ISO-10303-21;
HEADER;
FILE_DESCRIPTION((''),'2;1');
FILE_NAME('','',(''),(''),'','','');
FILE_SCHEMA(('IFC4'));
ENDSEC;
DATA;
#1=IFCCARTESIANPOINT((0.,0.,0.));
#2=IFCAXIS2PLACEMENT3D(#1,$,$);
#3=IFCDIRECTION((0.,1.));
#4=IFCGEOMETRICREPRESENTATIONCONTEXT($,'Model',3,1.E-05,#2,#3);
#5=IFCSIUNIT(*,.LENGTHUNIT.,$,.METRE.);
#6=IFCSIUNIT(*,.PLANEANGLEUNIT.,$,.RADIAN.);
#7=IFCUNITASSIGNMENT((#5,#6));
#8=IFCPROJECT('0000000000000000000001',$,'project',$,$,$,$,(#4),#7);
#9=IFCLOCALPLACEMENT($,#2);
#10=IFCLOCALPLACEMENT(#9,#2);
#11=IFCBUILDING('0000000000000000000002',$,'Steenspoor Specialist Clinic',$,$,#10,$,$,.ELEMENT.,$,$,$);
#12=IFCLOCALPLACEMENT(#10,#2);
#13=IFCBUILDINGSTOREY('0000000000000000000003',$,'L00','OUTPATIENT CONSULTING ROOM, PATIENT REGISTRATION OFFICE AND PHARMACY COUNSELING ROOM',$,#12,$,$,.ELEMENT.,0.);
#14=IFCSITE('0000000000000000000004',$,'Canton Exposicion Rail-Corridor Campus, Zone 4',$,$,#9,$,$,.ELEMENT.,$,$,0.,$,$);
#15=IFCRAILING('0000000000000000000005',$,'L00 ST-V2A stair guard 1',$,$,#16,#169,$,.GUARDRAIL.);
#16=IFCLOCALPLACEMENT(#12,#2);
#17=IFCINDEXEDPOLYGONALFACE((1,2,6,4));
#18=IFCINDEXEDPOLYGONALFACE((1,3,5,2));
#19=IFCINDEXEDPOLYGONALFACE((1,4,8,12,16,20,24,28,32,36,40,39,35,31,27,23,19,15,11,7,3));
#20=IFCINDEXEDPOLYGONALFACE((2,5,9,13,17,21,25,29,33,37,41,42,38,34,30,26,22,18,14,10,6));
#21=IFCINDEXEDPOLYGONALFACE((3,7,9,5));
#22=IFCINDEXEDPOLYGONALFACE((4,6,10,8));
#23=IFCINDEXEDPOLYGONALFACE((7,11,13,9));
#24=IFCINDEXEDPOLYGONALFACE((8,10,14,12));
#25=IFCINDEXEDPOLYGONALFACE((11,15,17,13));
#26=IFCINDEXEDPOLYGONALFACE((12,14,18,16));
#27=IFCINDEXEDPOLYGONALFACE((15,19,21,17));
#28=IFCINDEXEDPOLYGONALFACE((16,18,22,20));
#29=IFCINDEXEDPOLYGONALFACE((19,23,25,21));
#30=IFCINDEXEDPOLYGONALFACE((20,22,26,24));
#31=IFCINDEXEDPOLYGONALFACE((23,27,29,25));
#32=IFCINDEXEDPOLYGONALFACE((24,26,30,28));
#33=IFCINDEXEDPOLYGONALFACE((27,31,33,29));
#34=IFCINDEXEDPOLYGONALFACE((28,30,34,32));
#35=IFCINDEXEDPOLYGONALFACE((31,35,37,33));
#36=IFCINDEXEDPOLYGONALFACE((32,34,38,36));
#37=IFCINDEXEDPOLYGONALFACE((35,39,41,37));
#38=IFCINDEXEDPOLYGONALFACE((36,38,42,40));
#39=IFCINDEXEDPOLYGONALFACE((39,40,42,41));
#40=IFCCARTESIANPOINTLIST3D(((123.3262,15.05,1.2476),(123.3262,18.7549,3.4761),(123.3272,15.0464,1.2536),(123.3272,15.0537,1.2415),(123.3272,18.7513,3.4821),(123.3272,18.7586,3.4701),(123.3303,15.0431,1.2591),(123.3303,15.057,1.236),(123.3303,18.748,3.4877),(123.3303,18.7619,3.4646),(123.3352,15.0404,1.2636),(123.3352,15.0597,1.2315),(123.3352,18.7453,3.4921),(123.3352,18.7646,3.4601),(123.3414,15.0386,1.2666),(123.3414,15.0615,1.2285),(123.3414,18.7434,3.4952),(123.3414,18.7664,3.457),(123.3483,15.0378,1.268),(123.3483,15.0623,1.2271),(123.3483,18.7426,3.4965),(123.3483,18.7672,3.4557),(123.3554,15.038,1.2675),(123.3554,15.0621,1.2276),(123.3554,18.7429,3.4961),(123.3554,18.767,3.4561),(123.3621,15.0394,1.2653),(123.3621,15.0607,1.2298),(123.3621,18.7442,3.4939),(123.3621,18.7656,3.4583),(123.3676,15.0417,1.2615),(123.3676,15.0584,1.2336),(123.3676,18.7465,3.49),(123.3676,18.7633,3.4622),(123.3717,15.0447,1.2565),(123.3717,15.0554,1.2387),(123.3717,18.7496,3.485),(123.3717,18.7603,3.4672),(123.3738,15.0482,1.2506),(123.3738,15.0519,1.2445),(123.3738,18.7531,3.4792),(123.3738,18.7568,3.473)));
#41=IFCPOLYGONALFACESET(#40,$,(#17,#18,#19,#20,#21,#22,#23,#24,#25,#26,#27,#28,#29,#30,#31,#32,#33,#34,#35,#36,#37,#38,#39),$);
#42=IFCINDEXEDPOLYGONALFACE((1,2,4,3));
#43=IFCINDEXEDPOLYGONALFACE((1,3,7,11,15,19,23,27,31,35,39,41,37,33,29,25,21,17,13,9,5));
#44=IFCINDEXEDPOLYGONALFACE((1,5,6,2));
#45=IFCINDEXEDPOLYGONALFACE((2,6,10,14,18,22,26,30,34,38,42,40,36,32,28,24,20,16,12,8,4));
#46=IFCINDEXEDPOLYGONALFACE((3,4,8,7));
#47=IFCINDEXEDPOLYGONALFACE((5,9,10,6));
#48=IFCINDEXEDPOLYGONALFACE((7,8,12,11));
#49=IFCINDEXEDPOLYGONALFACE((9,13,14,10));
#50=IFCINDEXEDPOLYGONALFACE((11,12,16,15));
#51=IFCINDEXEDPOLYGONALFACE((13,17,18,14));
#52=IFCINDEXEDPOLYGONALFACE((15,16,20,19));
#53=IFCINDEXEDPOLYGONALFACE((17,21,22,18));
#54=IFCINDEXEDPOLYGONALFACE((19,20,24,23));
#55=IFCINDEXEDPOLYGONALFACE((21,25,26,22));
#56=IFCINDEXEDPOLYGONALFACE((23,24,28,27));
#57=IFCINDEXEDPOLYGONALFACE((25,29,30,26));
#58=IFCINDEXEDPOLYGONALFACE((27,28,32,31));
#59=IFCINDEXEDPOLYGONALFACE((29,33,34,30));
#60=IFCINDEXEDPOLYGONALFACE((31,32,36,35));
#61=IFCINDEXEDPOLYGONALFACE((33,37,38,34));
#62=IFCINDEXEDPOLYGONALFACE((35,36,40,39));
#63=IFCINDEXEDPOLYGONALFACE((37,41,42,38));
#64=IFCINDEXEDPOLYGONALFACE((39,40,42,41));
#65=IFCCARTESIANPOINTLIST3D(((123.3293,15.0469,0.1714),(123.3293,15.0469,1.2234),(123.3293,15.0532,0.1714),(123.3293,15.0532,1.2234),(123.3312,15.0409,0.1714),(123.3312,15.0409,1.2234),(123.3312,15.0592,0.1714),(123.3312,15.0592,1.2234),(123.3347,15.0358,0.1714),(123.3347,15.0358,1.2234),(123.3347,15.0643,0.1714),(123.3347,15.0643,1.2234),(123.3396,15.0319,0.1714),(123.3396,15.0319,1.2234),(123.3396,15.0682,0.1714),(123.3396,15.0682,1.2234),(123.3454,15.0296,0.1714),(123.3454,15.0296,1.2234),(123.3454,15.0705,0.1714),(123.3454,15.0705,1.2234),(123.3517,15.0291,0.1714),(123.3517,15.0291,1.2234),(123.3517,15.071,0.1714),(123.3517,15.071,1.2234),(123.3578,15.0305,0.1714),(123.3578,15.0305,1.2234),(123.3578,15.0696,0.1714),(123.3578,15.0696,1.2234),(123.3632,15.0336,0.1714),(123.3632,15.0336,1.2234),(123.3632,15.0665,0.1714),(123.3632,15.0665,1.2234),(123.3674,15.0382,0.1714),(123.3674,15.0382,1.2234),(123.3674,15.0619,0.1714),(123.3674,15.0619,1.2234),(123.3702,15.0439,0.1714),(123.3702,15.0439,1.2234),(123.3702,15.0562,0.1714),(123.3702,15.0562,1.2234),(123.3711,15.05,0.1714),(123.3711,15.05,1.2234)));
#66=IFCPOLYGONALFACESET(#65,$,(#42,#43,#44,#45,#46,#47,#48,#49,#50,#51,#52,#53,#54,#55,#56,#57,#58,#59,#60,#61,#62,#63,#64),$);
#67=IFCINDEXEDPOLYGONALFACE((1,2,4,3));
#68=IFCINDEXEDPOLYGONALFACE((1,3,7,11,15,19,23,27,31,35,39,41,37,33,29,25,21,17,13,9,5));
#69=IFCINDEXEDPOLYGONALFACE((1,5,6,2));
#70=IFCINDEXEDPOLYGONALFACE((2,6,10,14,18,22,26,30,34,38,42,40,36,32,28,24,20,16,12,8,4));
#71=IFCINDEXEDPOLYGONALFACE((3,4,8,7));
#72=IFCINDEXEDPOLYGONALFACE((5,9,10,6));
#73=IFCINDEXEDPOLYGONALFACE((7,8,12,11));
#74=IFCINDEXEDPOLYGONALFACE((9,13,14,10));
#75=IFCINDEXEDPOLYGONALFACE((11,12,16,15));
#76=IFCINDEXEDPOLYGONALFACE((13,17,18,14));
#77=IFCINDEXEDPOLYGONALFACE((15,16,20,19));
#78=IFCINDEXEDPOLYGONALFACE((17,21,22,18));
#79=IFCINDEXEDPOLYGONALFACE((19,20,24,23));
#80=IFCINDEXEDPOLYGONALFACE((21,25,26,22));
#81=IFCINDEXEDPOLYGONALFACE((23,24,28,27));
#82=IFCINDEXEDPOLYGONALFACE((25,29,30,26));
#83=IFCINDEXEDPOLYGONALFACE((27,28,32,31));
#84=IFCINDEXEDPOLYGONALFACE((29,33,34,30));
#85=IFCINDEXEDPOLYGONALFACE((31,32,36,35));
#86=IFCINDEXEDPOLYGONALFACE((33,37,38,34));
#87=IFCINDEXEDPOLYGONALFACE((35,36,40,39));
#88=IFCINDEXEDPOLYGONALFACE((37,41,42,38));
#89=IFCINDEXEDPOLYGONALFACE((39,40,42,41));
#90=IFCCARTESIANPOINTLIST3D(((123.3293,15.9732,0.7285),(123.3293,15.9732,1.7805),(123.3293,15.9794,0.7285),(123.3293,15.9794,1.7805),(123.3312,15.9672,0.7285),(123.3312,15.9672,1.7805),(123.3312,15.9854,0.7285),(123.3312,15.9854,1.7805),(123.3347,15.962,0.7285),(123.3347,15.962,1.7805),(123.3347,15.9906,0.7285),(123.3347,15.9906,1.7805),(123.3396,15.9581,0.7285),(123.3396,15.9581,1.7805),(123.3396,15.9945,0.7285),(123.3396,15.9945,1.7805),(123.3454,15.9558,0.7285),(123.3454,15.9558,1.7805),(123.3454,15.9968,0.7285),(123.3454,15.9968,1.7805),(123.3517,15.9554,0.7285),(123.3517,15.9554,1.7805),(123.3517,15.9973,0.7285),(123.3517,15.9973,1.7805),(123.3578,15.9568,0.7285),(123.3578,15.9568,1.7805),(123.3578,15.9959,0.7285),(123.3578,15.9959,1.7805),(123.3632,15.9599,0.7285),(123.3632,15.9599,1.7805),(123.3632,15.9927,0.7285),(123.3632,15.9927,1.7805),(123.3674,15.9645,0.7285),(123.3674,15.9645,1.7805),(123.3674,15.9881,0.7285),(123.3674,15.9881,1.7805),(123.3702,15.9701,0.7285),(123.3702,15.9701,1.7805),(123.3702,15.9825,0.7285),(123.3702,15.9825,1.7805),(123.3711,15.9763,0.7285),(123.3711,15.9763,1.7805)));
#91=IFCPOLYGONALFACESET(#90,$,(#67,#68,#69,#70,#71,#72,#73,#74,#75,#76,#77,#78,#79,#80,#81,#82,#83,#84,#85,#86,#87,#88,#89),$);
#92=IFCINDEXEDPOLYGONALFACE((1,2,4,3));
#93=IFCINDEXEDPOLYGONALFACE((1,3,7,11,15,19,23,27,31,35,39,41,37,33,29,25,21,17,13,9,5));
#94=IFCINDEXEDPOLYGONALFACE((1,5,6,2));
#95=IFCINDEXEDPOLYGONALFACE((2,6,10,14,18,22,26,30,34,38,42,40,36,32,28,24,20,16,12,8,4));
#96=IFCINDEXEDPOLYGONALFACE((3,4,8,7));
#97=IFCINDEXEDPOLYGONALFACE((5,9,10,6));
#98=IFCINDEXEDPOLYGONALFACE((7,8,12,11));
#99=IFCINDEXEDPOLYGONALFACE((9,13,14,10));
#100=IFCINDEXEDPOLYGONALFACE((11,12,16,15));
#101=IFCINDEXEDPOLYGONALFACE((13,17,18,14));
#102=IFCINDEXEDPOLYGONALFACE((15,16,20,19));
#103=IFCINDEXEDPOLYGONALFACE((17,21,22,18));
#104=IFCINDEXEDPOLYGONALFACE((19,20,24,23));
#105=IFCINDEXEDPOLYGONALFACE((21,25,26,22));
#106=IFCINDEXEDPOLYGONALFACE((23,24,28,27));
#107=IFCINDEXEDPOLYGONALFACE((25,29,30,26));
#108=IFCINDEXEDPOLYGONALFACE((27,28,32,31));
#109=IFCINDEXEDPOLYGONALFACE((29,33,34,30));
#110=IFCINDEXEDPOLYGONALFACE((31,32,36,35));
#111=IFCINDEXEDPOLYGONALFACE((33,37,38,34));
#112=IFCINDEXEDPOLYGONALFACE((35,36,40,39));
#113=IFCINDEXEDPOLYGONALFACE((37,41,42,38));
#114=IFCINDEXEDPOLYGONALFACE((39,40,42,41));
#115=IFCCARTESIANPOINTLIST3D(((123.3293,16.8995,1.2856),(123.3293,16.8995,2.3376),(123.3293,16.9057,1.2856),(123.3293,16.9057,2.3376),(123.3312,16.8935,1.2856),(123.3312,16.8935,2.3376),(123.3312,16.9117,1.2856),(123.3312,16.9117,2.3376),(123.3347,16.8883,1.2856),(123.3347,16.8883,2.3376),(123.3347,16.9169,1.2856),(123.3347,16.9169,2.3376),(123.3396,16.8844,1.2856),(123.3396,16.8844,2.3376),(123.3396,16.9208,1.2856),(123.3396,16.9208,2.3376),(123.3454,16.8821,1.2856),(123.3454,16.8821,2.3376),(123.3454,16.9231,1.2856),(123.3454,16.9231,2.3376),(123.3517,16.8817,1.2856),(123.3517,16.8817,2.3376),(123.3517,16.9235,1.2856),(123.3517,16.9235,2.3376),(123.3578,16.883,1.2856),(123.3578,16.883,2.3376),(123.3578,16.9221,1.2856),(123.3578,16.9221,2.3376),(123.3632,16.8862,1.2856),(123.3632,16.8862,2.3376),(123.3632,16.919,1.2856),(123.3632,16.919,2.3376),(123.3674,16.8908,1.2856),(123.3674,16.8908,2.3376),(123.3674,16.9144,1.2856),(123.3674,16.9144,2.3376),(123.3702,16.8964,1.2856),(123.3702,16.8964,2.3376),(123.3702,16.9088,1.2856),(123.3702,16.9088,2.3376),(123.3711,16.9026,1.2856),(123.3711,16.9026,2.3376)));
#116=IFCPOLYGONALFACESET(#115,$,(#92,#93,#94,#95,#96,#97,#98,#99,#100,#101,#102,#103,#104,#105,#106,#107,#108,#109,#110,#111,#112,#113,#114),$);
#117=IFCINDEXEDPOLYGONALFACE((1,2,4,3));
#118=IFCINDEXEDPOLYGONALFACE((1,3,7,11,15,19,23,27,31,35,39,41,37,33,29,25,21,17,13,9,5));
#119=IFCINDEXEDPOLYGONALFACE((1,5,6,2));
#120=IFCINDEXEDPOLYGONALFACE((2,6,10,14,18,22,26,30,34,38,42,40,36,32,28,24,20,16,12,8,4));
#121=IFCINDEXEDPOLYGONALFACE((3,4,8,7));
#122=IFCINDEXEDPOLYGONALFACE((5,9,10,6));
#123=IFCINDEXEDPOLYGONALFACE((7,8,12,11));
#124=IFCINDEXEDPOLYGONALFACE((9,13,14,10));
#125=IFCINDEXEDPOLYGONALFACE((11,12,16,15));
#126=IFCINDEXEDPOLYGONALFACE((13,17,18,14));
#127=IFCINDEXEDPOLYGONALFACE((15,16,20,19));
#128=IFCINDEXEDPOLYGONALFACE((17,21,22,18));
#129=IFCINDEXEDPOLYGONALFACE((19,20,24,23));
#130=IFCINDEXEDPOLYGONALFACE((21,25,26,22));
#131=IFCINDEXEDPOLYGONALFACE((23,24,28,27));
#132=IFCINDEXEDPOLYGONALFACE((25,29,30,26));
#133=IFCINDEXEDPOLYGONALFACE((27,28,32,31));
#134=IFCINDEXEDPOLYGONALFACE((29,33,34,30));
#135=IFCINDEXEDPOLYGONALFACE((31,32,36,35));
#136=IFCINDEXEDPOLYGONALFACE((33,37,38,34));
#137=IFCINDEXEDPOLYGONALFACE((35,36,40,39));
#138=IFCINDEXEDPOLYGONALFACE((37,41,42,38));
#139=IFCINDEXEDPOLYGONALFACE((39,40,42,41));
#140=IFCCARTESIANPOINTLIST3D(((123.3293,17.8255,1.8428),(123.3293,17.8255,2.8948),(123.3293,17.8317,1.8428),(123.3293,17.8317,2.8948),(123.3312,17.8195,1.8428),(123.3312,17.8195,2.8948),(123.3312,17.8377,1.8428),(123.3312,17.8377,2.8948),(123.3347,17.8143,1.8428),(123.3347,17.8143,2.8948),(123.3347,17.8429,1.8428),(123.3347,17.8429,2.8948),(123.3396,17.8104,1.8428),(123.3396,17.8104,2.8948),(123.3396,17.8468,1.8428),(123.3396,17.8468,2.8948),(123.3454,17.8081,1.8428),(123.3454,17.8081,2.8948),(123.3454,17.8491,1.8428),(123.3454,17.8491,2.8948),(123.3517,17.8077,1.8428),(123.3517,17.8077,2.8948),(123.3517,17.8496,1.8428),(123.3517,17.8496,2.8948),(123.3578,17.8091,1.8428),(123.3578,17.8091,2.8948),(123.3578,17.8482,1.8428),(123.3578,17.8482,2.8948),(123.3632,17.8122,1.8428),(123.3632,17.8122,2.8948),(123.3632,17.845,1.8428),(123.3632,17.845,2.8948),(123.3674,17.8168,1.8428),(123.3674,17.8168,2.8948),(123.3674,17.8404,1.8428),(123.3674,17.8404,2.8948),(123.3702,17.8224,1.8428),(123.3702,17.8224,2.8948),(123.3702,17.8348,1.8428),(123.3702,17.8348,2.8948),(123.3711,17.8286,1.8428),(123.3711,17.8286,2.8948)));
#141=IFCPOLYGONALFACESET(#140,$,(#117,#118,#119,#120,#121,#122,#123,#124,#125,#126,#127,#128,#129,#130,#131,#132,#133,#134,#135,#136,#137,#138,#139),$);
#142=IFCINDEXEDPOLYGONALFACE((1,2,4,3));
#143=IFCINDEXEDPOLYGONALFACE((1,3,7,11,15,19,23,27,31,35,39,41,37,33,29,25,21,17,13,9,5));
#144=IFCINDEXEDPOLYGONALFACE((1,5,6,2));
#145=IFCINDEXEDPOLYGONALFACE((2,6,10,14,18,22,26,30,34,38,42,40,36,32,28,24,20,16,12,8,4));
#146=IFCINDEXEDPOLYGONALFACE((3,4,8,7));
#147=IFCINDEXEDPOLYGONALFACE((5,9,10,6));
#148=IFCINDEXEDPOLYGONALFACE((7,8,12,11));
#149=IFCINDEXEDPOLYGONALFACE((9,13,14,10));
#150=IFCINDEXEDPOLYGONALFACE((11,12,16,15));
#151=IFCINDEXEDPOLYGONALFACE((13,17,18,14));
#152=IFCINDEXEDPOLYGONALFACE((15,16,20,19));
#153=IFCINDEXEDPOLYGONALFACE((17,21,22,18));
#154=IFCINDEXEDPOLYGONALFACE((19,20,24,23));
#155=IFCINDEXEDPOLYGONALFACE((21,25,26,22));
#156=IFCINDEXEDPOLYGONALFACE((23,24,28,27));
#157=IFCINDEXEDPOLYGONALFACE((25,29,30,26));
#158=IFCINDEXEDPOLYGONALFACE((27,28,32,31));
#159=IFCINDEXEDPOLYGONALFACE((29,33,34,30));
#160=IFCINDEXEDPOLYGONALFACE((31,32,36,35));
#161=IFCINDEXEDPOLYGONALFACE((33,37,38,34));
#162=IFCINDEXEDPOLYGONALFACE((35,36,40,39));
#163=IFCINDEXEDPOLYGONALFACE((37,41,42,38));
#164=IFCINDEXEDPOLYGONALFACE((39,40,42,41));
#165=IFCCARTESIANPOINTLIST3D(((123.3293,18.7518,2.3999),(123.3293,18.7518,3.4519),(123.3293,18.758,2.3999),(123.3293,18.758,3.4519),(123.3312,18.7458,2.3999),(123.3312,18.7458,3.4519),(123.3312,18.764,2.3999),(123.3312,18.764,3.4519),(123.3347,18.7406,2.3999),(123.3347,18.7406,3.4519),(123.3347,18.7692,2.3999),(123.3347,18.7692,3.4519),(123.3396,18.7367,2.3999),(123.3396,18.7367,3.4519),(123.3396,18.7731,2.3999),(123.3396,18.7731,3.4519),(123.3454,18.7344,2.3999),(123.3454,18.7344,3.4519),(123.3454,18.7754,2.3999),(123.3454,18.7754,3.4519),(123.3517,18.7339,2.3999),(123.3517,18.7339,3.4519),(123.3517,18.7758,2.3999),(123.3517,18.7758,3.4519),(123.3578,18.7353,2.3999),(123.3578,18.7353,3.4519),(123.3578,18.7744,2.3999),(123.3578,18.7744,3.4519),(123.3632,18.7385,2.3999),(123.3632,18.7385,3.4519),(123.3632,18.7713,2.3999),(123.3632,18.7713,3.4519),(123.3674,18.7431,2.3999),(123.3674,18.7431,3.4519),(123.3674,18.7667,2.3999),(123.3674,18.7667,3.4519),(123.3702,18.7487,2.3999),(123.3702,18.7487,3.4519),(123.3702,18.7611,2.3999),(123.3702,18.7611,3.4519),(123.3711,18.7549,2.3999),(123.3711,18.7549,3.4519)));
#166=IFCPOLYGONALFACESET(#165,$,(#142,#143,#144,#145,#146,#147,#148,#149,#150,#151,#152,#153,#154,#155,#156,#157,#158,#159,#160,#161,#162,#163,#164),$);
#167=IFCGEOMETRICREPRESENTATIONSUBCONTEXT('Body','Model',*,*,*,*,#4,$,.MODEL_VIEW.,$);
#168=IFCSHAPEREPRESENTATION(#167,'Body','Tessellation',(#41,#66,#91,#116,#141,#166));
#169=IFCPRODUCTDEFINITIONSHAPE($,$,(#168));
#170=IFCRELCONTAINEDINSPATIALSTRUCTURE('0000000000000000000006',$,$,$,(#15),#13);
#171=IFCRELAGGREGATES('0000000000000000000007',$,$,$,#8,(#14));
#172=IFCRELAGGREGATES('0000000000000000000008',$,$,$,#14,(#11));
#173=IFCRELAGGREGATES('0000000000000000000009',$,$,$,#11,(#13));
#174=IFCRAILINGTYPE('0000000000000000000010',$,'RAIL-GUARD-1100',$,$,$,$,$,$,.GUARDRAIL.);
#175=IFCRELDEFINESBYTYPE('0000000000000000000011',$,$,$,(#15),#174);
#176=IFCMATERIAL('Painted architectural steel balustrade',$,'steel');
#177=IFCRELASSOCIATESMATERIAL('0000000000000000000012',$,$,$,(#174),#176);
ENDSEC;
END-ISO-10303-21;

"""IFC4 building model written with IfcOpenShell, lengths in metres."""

from ifc_helpers import new_model, si_unit, direction, frame, origin, origin_2d, place, context, subcontext, project, spatial, circle, extrude, material, type_object, element, save


model = new_model("IFC4")

# Units and contexts
model_context = context("Model", 3, precision=1e-05, world=origin(), true_north=direction((0.0, 1.0)))
body_context = subcontext(model_context, "Body", "Model", "MODEL_VIEW")
ifc_project = project(units=[si_unit("LENGTHUNIT", "METRE"), si_unit("PLANEANGLEUNIT", "RADIAN")], contexts=[model_context])

# Site, building, storey
site_placement = place(None, origin())
site = spatial("IfcSite", under=ifc_project, at=site_placement, Name="Canton Exposicion Rail-Corridor Campus, Zone 4", CompositionType="ELEMENT", RefElevation=0.0)
building_placement = place(site_placement, origin())
building = spatial("IfcBuilding", under=site, at=building_placement, Name="Steenspoor Specialist Clinic", CompositionType="ELEMENT")
storey_placement = place(building_placement, origin())
storey = spatial("IfcBuildingStorey", under=building, at=storey_placement, Name="L00", Description="OUTPATIENT CONSULTING ROOM, PATIENT REGISTRATION OFFICE AND PHARMACY COUNSELING ROOM", CompositionType="ELEMENT", Elevation=0.0)

# Railing
ifc_material_1 = material(Name="Painted architectural steel balustrade", Category="steel")
railing_type_1 = type_object("IfcRailingType", Name="RAIL-GUARD-1100", PredefinedType="GUARDRAIL", material=ifc_material_1)
railing_1_placement = place(storey_placement, frame((123.3501, 15.05, 0.1714)))
element("IfcRailing", 1, at=railing_1_placement, inside=storey, type_object=railing_type_1, Name="L00 ST-V2A stair guard 1", PredefinedType="GUARDRAIL", context=body_context, shape_type="SweptSolid", body=[
    extrude(circle(Radius=0.0239, at=origin_2d()), frame((0.0, 0.0, 1.0762), z_axis=(0.0, 0.856919, 0.51545), x_axis=(-1.0, 0.0, 0.0)), (0.0, 0.0, 1.0), 4.3235),
    extrude(circle(Radius=0.021, at=origin_2d()), origin(), (0.0, 0.0, 1.0), 1.052),
    extrude(circle(Radius=0.021, at=origin_2d()), frame((0.0, 0.9263, 0.5571)), (0.0, 0.0, 1.0), 1.052),
    extrude(circle(Radius=0.021, at=origin_2d()), frame((0.0, 1.8525, 1.1143)), (0.0, 0.0, 1.0), 1.052),
    extrude(circle(Radius=0.021, at=origin_2d()), frame((0.0, 2.7786, 1.6714)), (0.0, 0.0, 1.0), 1.052),
    extrude(circle(Radius=0.021, at=origin_2d()), frame((0.0, 3.7048, 2.2285)), (0.0, 0.0, 1.0), 1.052),
])

save(model, "model.ifc")
